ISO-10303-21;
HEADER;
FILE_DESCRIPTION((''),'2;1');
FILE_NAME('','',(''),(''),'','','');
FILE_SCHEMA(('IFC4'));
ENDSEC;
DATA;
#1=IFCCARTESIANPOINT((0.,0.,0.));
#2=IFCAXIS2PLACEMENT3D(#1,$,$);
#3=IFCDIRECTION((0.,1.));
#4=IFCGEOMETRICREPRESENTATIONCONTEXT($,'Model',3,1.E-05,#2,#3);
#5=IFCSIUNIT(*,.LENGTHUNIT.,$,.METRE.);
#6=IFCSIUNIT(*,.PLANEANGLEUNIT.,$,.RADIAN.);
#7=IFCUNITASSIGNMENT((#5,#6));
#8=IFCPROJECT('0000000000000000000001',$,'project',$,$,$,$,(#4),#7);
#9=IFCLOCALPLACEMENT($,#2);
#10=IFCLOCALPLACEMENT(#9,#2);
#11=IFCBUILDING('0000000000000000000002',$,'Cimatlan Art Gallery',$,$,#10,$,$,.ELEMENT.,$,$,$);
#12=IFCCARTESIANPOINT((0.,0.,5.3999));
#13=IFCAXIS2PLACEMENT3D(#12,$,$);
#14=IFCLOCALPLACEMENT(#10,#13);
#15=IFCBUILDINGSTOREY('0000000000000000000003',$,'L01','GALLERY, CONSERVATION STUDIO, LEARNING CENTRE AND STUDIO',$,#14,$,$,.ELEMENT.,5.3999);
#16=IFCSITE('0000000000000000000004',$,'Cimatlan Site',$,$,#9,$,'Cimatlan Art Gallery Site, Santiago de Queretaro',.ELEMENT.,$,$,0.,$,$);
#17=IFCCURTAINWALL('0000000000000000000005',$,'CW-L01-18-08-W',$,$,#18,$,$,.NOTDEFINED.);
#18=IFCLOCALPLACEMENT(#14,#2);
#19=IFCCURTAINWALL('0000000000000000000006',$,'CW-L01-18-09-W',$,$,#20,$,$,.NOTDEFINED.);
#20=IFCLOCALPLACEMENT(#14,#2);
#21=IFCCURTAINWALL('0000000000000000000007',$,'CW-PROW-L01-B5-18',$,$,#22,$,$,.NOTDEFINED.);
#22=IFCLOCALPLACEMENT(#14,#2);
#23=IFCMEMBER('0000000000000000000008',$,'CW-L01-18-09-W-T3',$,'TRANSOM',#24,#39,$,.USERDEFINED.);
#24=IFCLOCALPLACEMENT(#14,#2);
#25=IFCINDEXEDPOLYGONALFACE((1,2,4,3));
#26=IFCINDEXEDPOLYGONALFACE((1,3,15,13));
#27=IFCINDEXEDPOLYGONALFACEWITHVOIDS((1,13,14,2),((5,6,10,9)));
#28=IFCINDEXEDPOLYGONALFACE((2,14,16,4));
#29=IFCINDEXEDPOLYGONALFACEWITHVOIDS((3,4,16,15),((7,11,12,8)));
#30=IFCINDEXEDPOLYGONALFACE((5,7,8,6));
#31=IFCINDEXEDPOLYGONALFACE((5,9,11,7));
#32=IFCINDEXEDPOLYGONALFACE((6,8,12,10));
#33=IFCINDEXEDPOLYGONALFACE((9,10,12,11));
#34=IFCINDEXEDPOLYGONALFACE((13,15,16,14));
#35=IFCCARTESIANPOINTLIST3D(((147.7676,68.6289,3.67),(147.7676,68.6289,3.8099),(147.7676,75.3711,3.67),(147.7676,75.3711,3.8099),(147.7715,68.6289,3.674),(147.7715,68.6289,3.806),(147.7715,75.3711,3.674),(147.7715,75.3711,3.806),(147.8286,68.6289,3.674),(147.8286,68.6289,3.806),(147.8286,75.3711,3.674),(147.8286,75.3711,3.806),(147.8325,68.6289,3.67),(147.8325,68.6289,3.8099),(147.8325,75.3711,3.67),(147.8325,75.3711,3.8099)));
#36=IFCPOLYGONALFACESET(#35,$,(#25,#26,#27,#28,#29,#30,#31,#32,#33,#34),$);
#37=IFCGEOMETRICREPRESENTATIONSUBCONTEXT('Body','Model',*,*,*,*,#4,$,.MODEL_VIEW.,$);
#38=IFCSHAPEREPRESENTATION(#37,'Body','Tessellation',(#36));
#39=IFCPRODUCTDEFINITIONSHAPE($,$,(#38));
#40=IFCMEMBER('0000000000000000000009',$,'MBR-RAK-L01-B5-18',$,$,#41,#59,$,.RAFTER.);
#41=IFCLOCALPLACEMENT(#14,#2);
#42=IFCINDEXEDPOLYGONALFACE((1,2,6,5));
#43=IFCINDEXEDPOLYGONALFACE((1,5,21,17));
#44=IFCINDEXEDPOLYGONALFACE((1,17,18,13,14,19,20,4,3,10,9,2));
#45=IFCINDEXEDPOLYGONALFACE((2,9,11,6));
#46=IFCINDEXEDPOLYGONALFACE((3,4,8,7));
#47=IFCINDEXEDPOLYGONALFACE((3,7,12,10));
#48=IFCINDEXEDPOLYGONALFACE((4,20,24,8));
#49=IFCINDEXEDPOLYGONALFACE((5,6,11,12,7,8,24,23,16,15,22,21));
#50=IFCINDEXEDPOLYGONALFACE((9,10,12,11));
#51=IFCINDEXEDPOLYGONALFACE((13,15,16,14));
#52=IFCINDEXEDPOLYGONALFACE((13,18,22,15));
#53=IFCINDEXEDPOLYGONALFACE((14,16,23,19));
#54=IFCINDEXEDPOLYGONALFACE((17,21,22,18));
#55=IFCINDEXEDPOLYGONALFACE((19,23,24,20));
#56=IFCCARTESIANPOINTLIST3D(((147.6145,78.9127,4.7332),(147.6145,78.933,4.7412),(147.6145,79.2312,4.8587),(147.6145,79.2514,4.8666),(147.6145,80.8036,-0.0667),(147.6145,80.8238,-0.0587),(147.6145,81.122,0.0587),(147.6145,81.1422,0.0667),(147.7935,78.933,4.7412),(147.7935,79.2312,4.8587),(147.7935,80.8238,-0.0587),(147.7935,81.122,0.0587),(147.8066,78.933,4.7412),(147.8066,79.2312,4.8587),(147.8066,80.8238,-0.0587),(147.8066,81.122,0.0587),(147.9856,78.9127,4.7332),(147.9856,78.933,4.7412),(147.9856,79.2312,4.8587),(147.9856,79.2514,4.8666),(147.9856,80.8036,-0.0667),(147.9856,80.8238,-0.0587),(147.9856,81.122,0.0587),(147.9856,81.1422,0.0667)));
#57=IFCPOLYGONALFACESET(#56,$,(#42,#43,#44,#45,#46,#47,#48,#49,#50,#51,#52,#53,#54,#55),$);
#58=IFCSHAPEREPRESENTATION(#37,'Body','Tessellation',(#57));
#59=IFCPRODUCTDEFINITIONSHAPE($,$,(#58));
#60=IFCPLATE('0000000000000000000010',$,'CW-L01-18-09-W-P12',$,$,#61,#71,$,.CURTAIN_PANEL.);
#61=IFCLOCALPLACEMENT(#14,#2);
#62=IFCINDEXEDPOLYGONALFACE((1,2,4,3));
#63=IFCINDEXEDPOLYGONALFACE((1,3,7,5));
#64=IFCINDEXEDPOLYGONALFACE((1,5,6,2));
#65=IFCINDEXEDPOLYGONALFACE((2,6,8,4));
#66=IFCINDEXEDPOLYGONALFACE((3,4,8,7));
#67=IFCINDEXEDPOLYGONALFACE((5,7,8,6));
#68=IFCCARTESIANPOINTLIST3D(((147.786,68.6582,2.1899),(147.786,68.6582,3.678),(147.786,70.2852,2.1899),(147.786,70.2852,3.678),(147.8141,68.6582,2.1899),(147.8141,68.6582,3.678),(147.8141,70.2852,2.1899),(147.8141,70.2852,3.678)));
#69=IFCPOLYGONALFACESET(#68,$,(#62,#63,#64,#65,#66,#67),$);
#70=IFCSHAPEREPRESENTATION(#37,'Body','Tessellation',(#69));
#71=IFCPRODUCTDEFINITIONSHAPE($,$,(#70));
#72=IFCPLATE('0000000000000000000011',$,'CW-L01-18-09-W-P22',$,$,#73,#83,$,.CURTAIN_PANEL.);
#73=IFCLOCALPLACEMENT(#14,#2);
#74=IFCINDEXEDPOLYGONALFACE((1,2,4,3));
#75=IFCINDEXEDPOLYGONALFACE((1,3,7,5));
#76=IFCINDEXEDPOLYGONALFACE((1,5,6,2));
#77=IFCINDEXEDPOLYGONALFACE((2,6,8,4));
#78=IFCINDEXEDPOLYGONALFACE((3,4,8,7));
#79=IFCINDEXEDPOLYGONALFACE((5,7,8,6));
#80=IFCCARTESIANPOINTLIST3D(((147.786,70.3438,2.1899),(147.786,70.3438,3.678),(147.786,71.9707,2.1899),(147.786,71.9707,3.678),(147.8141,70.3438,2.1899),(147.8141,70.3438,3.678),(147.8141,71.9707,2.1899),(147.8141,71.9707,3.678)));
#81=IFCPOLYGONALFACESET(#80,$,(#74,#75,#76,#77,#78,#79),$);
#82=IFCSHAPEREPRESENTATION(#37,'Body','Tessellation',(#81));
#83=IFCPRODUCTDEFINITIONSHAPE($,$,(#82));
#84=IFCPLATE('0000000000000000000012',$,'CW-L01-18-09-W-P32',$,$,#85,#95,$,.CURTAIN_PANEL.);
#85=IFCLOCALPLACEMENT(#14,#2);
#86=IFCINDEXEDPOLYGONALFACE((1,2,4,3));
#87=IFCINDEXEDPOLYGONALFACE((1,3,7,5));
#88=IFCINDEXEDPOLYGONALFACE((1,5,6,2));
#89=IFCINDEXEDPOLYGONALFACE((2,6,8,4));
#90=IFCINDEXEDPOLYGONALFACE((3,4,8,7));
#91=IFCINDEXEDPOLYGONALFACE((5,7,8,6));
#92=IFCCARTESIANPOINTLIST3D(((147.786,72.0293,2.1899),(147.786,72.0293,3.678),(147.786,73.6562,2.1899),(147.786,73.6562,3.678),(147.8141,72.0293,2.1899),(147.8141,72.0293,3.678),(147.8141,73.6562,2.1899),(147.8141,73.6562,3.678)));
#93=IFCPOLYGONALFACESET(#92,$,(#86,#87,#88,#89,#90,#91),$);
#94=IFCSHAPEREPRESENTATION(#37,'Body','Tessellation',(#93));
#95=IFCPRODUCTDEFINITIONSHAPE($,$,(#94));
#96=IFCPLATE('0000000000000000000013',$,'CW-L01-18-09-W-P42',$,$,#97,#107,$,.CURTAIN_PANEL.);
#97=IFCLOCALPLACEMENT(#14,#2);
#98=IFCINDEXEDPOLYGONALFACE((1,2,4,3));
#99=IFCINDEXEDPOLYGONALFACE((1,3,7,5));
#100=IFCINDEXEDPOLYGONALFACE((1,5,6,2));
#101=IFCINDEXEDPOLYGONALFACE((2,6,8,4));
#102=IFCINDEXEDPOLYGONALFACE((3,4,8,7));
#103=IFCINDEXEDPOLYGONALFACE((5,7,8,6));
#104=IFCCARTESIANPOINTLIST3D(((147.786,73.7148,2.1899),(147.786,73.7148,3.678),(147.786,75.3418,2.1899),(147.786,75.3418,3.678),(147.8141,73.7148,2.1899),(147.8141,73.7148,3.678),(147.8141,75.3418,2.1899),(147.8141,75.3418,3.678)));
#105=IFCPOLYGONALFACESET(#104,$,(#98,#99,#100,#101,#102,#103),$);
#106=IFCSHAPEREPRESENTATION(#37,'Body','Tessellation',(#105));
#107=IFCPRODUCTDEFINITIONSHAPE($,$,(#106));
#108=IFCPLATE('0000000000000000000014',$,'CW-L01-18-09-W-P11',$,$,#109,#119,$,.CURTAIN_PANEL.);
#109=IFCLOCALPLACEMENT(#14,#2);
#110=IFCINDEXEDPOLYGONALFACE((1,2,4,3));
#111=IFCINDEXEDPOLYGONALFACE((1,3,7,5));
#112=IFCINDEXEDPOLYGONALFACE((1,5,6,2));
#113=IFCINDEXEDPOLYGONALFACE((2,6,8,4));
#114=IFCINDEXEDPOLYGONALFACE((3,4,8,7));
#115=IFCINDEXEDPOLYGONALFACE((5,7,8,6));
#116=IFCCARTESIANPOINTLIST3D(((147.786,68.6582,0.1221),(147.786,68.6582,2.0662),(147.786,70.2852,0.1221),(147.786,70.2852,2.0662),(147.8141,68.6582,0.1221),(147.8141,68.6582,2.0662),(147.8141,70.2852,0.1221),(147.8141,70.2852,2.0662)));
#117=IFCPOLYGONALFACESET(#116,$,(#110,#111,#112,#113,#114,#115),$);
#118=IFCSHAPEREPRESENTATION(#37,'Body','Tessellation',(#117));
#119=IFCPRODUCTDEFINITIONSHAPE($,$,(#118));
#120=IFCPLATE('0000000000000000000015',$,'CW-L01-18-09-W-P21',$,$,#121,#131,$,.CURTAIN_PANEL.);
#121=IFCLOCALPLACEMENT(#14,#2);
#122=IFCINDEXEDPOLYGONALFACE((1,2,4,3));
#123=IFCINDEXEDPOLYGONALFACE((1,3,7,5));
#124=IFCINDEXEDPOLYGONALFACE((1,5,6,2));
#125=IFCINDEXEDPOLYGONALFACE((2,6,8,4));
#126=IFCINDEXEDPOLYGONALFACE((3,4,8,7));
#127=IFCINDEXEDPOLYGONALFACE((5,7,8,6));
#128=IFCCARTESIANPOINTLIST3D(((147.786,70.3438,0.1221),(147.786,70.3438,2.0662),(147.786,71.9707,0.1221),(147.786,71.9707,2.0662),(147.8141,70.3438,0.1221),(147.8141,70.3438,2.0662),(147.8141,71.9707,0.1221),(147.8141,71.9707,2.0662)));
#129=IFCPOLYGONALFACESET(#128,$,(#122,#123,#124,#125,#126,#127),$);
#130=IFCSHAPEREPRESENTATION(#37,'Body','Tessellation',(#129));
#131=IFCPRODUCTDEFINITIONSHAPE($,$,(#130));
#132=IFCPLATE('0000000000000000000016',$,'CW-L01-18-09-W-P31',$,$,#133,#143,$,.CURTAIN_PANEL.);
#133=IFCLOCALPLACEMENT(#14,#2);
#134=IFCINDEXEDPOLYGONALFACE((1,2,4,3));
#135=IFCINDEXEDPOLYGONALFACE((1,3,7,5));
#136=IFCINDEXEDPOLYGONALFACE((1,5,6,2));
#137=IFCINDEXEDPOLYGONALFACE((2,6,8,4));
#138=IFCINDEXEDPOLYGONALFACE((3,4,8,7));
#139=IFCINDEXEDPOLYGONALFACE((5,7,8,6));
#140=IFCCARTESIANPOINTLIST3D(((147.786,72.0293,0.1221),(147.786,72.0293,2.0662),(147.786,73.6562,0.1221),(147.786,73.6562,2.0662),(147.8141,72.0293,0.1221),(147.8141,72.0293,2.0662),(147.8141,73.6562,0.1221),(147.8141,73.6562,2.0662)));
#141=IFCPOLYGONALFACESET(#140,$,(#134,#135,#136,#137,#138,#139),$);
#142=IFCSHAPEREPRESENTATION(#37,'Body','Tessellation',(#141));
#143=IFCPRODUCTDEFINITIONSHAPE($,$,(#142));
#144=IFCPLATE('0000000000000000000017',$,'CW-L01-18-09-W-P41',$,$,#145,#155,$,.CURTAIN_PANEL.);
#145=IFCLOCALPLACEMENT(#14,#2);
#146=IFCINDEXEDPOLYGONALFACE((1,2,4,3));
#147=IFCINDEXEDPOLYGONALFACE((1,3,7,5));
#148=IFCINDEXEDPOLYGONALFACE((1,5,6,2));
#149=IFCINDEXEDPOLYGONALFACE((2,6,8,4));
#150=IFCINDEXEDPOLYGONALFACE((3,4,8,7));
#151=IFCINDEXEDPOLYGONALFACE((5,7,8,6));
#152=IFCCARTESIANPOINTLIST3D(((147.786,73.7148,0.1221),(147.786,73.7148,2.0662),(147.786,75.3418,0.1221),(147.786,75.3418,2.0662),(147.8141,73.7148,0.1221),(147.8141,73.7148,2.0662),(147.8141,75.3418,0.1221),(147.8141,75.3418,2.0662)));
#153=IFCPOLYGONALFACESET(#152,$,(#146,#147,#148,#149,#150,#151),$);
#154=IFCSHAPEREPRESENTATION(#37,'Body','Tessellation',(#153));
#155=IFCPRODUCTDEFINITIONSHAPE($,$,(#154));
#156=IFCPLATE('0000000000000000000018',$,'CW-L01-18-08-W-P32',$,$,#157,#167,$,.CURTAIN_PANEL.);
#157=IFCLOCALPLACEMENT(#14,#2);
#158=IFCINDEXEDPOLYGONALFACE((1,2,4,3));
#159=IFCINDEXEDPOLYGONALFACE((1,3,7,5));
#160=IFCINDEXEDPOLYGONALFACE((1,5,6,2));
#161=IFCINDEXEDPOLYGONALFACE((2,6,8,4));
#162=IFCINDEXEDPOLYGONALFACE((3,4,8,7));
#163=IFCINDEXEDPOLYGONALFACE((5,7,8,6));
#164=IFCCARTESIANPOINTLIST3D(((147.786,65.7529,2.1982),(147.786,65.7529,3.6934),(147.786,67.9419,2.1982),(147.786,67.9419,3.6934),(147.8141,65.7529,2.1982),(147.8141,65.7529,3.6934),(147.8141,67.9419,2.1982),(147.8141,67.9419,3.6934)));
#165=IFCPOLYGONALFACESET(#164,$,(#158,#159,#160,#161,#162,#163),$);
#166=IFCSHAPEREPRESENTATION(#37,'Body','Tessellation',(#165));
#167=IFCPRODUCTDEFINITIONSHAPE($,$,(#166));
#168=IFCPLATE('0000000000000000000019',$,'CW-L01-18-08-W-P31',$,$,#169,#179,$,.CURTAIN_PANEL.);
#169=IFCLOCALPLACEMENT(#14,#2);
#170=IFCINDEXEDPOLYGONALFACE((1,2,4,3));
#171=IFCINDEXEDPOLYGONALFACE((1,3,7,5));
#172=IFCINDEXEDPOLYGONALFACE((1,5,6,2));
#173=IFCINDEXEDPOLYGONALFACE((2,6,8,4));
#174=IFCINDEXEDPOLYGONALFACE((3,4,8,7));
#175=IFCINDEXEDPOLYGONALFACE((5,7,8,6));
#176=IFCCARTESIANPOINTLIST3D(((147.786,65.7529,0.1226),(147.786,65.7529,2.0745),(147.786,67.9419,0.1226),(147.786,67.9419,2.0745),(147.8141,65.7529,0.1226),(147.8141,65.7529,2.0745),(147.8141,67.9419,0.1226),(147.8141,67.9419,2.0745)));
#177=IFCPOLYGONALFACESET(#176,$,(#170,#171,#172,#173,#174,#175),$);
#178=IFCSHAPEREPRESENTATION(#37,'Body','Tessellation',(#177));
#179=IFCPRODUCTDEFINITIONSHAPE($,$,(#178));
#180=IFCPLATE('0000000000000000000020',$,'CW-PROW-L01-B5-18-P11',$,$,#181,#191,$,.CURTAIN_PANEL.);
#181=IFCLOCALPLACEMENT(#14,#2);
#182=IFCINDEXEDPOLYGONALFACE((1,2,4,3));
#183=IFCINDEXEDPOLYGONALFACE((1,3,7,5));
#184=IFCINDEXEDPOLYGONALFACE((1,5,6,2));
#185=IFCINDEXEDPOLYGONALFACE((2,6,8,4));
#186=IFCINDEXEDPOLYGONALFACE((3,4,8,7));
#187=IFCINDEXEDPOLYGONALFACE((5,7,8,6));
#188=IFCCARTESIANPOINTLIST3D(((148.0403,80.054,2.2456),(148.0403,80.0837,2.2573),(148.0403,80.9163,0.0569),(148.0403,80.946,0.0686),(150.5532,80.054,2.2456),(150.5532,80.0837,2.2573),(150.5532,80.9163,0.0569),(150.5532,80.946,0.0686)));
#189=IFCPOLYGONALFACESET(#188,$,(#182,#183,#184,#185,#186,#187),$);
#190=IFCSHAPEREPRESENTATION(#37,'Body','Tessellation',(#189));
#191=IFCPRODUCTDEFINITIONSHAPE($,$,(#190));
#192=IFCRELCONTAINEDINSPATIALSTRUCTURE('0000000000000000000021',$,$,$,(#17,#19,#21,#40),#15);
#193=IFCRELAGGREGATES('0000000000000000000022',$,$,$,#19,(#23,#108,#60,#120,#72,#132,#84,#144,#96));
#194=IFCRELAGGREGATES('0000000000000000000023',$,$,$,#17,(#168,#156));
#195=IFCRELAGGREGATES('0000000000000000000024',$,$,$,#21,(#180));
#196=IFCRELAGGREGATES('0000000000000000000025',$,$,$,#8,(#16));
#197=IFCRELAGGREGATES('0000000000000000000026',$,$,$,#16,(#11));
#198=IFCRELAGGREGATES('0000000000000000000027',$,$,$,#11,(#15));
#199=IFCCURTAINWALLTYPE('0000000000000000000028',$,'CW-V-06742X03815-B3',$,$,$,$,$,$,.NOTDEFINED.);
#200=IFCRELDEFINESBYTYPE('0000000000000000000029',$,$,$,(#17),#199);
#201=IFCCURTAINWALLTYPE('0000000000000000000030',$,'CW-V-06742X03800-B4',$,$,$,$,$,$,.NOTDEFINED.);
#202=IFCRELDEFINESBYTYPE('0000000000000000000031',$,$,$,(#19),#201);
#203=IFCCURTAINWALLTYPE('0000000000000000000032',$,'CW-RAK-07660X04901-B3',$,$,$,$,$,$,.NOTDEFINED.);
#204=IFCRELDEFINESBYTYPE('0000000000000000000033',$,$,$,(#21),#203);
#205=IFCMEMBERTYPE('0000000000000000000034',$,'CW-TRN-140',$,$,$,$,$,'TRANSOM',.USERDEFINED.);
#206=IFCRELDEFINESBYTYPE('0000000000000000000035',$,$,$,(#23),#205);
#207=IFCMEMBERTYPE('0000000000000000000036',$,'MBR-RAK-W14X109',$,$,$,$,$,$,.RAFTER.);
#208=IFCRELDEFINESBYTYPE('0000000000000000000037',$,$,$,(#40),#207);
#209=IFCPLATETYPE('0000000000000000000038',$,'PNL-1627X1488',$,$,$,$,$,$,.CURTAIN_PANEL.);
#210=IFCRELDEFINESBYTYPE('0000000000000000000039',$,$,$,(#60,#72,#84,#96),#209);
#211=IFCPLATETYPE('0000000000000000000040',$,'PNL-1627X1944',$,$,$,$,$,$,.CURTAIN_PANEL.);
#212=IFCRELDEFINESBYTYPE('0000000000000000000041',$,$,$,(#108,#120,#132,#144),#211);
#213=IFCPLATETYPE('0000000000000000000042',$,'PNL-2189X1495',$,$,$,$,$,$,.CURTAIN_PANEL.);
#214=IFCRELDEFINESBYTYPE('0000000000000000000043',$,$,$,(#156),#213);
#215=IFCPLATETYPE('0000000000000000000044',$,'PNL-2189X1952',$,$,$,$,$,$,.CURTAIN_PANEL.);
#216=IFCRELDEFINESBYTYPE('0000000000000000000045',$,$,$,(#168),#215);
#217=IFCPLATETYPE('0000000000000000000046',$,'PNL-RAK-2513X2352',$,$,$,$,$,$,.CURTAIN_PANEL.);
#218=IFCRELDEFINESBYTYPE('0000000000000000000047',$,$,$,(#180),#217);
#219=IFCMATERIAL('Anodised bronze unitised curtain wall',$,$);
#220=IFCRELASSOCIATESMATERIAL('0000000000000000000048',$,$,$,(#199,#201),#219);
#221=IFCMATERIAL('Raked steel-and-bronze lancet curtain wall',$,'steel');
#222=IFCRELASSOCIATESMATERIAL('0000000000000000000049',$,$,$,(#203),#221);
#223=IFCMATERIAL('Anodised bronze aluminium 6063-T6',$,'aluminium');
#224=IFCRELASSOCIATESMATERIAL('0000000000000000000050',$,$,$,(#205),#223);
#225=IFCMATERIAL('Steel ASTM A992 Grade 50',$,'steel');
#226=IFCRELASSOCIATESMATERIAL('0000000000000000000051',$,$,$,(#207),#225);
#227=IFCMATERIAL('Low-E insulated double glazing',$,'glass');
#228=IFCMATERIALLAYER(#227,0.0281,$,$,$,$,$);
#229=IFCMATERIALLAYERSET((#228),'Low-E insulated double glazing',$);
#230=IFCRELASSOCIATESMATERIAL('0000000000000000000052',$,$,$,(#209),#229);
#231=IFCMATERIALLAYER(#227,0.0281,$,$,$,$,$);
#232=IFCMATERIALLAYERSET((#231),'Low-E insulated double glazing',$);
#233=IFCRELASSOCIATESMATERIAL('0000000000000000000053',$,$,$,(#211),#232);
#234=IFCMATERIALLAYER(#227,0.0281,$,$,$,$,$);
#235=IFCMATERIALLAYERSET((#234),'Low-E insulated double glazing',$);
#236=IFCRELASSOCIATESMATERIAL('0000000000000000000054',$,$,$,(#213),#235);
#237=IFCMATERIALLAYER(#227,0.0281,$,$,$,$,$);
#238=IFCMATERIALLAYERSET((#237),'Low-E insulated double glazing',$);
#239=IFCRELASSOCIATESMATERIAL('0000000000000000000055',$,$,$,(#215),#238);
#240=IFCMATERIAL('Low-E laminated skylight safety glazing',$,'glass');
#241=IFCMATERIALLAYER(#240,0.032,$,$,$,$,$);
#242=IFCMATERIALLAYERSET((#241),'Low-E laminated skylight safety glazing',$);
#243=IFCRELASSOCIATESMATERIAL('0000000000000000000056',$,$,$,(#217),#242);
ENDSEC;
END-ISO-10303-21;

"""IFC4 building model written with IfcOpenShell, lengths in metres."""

from ifc_helpers import new_model, si_unit, direction, frame, origin, origin_2d, place, context, subcontext, project, spatial, polyline, rectangle, hollow_rectangle, i_section, outline, extrude, material, layer, layer_set, material_profile, profile_set, type_object, element, aggregate, save


model = new_model("IFC4")

# Units and contexts
model_context = context("Model", 3, precision=1e-05, world=origin(), true_north=direction((0.0, 1.0)))
body_context = subcontext(model_context, "Body", "Model", "MODEL_VIEW")
ifc_project = project(units=[si_unit("LENGTHUNIT", "METRE"), si_unit("PLANEANGLEUNIT", "RADIAN")], contexts=[model_context])

# Site, building, storey
site_placement = place(None, origin())
site = spatial("IfcSite", under=ifc_project, at=site_placement, Name="Cimatlan Site", LongName="Cimatlan Art Gallery Site, Santiago de Queretaro", CompositionType="ELEMENT", RefElevation=0.0)
building_placement = place(site_placement, origin())
building = spatial("IfcBuilding", under=site, at=building_placement, Name="Cimatlan Art Gallery", CompositionType="ELEMENT")
storey_placement = place(building_placement, frame((0.0, 0.0, 5.3999)))
storey = spatial("IfcBuildingStorey", under=building, at=storey_placement, Name="L01", Description="GALLERY, CONSERVATION STUDIO, LEARNING CENTRE AND STUDIO", CompositionType="ELEMENT", Elevation=5.3999)

# Shared definitions
ifc_material_1 = material(Name="Steel ASTM A992 Grade 50", Category="steel")

# Curtain wall
ifc_material_2 = material(Name="Anodised bronze unitised curtain wall")
curtain_wall_type_1 = type_object("IfcCurtainWallType", Name="CW-V-06742X03815-B3", PredefinedType="NOTDEFINED", material=ifc_material_2)
curtain_wall_1_placement = place(storey_placement, origin())
curtain_wall_1 = element("IfcCurtainWall", 1, at=curtain_wall_1_placement, inside=storey, type_object=curtain_wall_type_1, Name="CW-L01-18-08-W", PredefinedType="NOTDEFINED")
ifc_material_3 = material(Name="Anodised bronze aluminium 6063-T6", Category="aluminium")

# Curtain walls
curtain_wall_type_2 = type_object("IfcCurtainWallType", Name="CW-V-06742X03800-B4", PredefinedType="NOTDEFINED", material=ifc_material_2)
curtain_wall_2_placement = place(storey_placement, origin())
curtain_wall_2 = element("IfcCurtainWall", 2, at=curtain_wall_2_placement, inside=storey, type_object=curtain_wall_type_2, Name="CW-L01-18-09-W", PredefinedType="NOTDEFINED")
ifc_material_4 = material(Name="Raked steel-and-bronze lancet curtain wall", Category="steel")
curtain_wall_type_3 = type_object("IfcCurtainWallType", Name="CW-RAK-07660X04901-B3", PredefinedType="NOTDEFINED", material=ifc_material_4)
curtain_wall_3_placement = place(storey_placement, origin())
curtain_wall_3 = element("IfcCurtainWall", 3, at=curtain_wall_3_placement, inside=storey, type_object=curtain_wall_type_3, Name="CW-PROW-L01-B5-18", PredefinedType="NOTDEFINED")
ifc_material_profile_1 = material_profile(ifc_material_3, hollow_rectangle(XDim=0.0649, YDim=0.1399, WallThickness=0.0039, at=origin_2d()), Name="ALU65X140X4")
ifc_profile_set_1 = profile_set([ifc_material_profile_1], Name="Anodised bronze aluminium 6063-T6")
member_type_1 = type_object("IfcMemberType", Name="CW-TRN-140", ElementType="TRANSOM", PredefinedType="USERDEFINED", material=ifc_profile_set_1)

# Members
member_1_placement = place(storey_placement, frame((147.8, 68.6289, 3.74), z_axis=(0.0, 1.0, 0.0), x_axis=(-1.0, 0.0, 0.0)))
member_1 = element("IfcMember", 4, at=member_1_placement, type_object=member_type_1, Name="CW-L01-18-09-W-T3", ObjectType="TRANSOM", PredefinedType="USERDEFINED", context=body_context, shape_type="SweptSolid", body=[
    extrude(hollow_rectangle(XDim=0.0649, YDim=0.1399, WallThickness=0.0039, at=origin_2d()), origin(), (0.0, 0.0, 1.0), 6.7422),
])
ifc_material_profile_2 = material_profile(ifc_material_1, i_section(OverallWidth=0.3711, OverallDepth=0.364, WebThickness=0.0132, FlangeThickness=0.0217, at=origin_2d()), Name="W14X109")
ifc_profile_set_2 = profile_set([ifc_material_profile_2], Name="Steel ASTM A992 Grade 50")
member_type_2 = type_object("IfcMemberType", Name="MBR-RAK-W14X109", PredefinedType="RAFTER", material=ifc_profile_set_2)
member_2_placement = place(storey_placement, frame((147.8, 80.9729, 0.0), z_axis=(0.0, -0.366515, 0.930412), x_axis=(1.0, 0.0, 0.0)))
element("IfcMember", 5, at=member_2_placement, inside=storey, type_object=member_type_2, Name="MBR-RAK-L01-B5-18", PredefinedType="RAFTER", context=body_context, shape_type="SweptSolid", body=[
    extrude(i_section(OverallWidth=0.3711, OverallDepth=0.364, WebThickness=0.0132, FlangeThickness=0.0217, at=origin_2d()), origin(), (0.0, 0.0, 1.0), 5.1589),
])

# Plates
ifc_material_5 = material(Name="Low-E insulated double glazing", Category="glass")
ifc_layer_1 = layer(ifc_material_5, 0.0281)
ifc_layer_set_1 = layer_set([ifc_layer_1], Name="Low-E insulated double glazing")
plate_type_1 = type_object("IfcPlateType", Name="PNL-1627X1488", PredefinedType="CURTAIN_PANEL", material=ifc_layer_set_1)
plate_1_placement = place(storey_placement, frame((147.8, 69.4717, 2.1899), z_axis=(0.0, 0.0, 1.0), x_axis=(0.0, 1.0, 0.0)))
plate_1 = element("IfcPlate", 6, at=plate_1_placement, type_object=plate_type_1, Name="CW-L01-18-09-W-P12", PredefinedType="CURTAIN_PANEL", context=body_context, shape_type="SweptSolid", body=[
    extrude(rectangle(XDim=1.627, YDim=0.0281, at=origin_2d()), origin(), (0.0, 0.0, 1.0), 1.488),
])
plate_2_placement = place(storey_placement, frame((147.8, 71.1572, 2.1899), z_axis=(0.0, 0.0, 1.0), x_axis=(0.0, 1.0, 0.0)))
plate_2 = element("IfcPlate", 7, at=plate_2_placement, type_object=plate_type_1, Name="CW-L01-18-09-W-P22", PredefinedType="CURTAIN_PANEL", context=body_context, shape_type="SweptSolid", body=[
    extrude(rectangle(XDim=1.627, YDim=0.0281, at=origin_2d()), origin(), (0.0, 0.0, 1.0), 1.488),
])
plate_3_placement = place(storey_placement, frame((147.8, 72.8428, 2.1899), z_axis=(0.0, 0.0, 1.0), x_axis=(0.0, 1.0, 0.0)))
plate_3 = element("IfcPlate", 8, at=plate_3_placement, type_object=plate_type_1, Name="CW-L01-18-09-W-P32", PredefinedType="CURTAIN_PANEL", context=body_context, shape_type="SweptSolid", body=[
    extrude(rectangle(XDim=1.627, YDim=0.0281, at=origin_2d()), origin(), (0.0, 0.0, 1.0), 1.488),
])
plate_4_placement = place(storey_placement, frame((147.8, 74.5283, 2.1899), z_axis=(0.0, 0.0, 1.0), x_axis=(0.0, 1.0, 0.0)))
plate_4 = element("IfcPlate", 9, at=plate_4_placement, type_object=plate_type_1, Name="CW-L01-18-09-W-P42", PredefinedType="CURTAIN_PANEL", context=body_context, shape_type="SweptSolid", body=[
    extrude(rectangle(XDim=1.627, YDim=0.0281, at=origin_2d()), origin(), (0.0, 0.0, 1.0), 1.488),
])
ifc_layer_2 = layer(ifc_material_5, 0.0281)
ifc_layer_set_2 = layer_set([ifc_layer_2], Name="Low-E insulated double glazing")
plate_type_2 = type_object("IfcPlateType", Name="PNL-1627X1944", PredefinedType="CURTAIN_PANEL", material=ifc_layer_set_2)
plate_5_placement = place(storey_placement, frame((147.8, 69.4717, 0.1221), z_axis=(0.0, 0.0, 1.0), x_axis=(0.0, 1.0, 0.0)))
plate_5 = element("IfcPlate", 10, at=plate_5_placement, type_object=plate_type_2, Name="CW-L01-18-09-W-P11", PredefinedType="CURTAIN_PANEL", context=body_context, shape_type="SweptSolid", body=[
    extrude(rectangle(XDim=1.627, YDim=0.0281, at=origin_2d()), origin(), (0.0, 0.0, 1.0), 1.9441),
])
plate_6_placement = place(storey_placement, frame((147.8, 71.1572, 0.1221), z_axis=(0.0, 0.0, 1.0), x_axis=(0.0, 1.0, 0.0)))
plate_6 = element("IfcPlate", 11, at=plate_6_placement, type_object=plate_type_2, Name="CW-L01-18-09-W-P21", PredefinedType="CURTAIN_PANEL", context=body_context, shape_type="SweptSolid", body=[
    extrude(rectangle(XDim=1.627, YDim=0.0281, at=origin_2d()), origin(), (0.0, 0.0, 1.0), 1.9441),
])
plate_7_placement = place(storey_placement, frame((147.8, 72.8428, 0.1221), z_axis=(0.0, 0.0, 1.0), x_axis=(0.0, 1.0, 0.0)))
plate_7 = element("IfcPlate", 12, at=plate_7_placement, type_object=plate_type_2, Name="CW-L01-18-09-W-P31", PredefinedType="CURTAIN_PANEL", context=body_context, shape_type="SweptSolid", body=[
    extrude(rectangle(XDim=1.627, YDim=0.0281, at=origin_2d()), origin(), (0.0, 0.0, 1.0), 1.9441),
])
plate_8_placement = place(storey_placement, frame((147.8, 74.5283, 0.1221), z_axis=(0.0, 0.0, 1.0), x_axis=(0.0, 1.0, 0.0)))
plate_8 = element("IfcPlate", 13, at=plate_8_placement, type_object=plate_type_2, Name="CW-L01-18-09-W-P41", PredefinedType="CURTAIN_PANEL", context=body_context, shape_type="SweptSolid", body=[
    extrude(rectangle(XDim=1.627, YDim=0.0281, at=origin_2d()), origin(), (0.0, 0.0, 1.0), 1.9441),
])
aggregate(curtain_wall_2, [member_1, plate_5, plate_1, plate_6, plate_2, plate_7, plate_3, plate_8, plate_4])
ifc_layer_3 = layer(ifc_material_5, 0.0281)
ifc_layer_set_3 = layer_set([ifc_layer_3], Name="Low-E insulated double glazing")
plate_type_3 = type_object("IfcPlateType", Name="PNL-2189X1495", PredefinedType="CURTAIN_PANEL", material=ifc_layer_set_3)
plate_9_placement = place(storey_placement, frame((147.8, 66.8474, 2.1982), z_axis=(0.0, 0.0, 1.0), x_axis=(0.0, 1.0, 0.0)))
plate_9 = element("IfcPlate", 14, at=plate_9_placement, type_object=plate_type_3, Name="CW-L01-18-08-W-P32", PredefinedType="CURTAIN_PANEL", context=body_context, shape_type="SweptSolid", body=[
    extrude(rectangle(XDim=2.189, YDim=0.0281, at=origin_2d()), origin(), (0.0, 0.0, 1.0), 1.4951),
])
ifc_layer_4 = layer(ifc_material_5, 0.0281)
ifc_layer_set_4 = layer_set([ifc_layer_4], Name="Low-E insulated double glazing")
plate_type_4 = type_object("IfcPlateType", Name="PNL-2189X1952", PredefinedType="CURTAIN_PANEL", material=ifc_layer_set_4)
plate_10_placement = place(storey_placement, frame((147.8, 66.8474, 0.1226), z_axis=(0.0, 0.0, 1.0), x_axis=(0.0, 1.0, 0.0)))
plate_10 = element("IfcPlate", 15, at=plate_10_placement, type_object=plate_type_4, Name="CW-L01-18-08-W-P31", PredefinedType="CURTAIN_PANEL", context=body_context, shape_type="SweptSolid", body=[
    extrude(rectangle(XDim=2.189, YDim=0.0281, at=origin_2d()), origin(), (0.0, 0.0, 1.0), 1.9519),
])
aggregate(curtain_wall_1, [plate_10, plate_9])
ifc_material_6 = material(Name="Low-E laminated skylight safety glazing", Category="glass")
ifc_layer_5 = layer(ifc_material_6, 0.032)
ifc_layer_set_5 = layer_set([ifc_layer_5], Name="Low-E laminated skylight safety glazing")
plate_type_5 = type_object("IfcPlateType", Name="PNL-RAK-2513X2352", PredefinedType="CURTAIN_PANEL", material=ifc_layer_set_5)
plate_11_placement = place(storey_placement, frame((148.0403, 80.946, 0.0686), z_axis=(0.0, 0.930397, 0.366554), x_axis=(1.0, 0.0, 0.0)))
plate_11 = element("IfcPlate", 16, at=plate_11_placement, type_object=plate_type_5, Name="CW-PROW-L01-B5-18-P11", PredefinedType="CURTAIN_PANEL", context=body_context, shape_type="SweptSolid", body=[
    extrude(outline(polyline([(0.0, 0.0), (2.5129, 0.0), (2.5129, -2.3525), (0.0, -2.3525), (0.0, 0.0)])), origin(), (0.0, 0.0, -1.0), 0.032),
])
aggregate(curtain_wall_3, [plate_11])

save(model, "model.ifc")
